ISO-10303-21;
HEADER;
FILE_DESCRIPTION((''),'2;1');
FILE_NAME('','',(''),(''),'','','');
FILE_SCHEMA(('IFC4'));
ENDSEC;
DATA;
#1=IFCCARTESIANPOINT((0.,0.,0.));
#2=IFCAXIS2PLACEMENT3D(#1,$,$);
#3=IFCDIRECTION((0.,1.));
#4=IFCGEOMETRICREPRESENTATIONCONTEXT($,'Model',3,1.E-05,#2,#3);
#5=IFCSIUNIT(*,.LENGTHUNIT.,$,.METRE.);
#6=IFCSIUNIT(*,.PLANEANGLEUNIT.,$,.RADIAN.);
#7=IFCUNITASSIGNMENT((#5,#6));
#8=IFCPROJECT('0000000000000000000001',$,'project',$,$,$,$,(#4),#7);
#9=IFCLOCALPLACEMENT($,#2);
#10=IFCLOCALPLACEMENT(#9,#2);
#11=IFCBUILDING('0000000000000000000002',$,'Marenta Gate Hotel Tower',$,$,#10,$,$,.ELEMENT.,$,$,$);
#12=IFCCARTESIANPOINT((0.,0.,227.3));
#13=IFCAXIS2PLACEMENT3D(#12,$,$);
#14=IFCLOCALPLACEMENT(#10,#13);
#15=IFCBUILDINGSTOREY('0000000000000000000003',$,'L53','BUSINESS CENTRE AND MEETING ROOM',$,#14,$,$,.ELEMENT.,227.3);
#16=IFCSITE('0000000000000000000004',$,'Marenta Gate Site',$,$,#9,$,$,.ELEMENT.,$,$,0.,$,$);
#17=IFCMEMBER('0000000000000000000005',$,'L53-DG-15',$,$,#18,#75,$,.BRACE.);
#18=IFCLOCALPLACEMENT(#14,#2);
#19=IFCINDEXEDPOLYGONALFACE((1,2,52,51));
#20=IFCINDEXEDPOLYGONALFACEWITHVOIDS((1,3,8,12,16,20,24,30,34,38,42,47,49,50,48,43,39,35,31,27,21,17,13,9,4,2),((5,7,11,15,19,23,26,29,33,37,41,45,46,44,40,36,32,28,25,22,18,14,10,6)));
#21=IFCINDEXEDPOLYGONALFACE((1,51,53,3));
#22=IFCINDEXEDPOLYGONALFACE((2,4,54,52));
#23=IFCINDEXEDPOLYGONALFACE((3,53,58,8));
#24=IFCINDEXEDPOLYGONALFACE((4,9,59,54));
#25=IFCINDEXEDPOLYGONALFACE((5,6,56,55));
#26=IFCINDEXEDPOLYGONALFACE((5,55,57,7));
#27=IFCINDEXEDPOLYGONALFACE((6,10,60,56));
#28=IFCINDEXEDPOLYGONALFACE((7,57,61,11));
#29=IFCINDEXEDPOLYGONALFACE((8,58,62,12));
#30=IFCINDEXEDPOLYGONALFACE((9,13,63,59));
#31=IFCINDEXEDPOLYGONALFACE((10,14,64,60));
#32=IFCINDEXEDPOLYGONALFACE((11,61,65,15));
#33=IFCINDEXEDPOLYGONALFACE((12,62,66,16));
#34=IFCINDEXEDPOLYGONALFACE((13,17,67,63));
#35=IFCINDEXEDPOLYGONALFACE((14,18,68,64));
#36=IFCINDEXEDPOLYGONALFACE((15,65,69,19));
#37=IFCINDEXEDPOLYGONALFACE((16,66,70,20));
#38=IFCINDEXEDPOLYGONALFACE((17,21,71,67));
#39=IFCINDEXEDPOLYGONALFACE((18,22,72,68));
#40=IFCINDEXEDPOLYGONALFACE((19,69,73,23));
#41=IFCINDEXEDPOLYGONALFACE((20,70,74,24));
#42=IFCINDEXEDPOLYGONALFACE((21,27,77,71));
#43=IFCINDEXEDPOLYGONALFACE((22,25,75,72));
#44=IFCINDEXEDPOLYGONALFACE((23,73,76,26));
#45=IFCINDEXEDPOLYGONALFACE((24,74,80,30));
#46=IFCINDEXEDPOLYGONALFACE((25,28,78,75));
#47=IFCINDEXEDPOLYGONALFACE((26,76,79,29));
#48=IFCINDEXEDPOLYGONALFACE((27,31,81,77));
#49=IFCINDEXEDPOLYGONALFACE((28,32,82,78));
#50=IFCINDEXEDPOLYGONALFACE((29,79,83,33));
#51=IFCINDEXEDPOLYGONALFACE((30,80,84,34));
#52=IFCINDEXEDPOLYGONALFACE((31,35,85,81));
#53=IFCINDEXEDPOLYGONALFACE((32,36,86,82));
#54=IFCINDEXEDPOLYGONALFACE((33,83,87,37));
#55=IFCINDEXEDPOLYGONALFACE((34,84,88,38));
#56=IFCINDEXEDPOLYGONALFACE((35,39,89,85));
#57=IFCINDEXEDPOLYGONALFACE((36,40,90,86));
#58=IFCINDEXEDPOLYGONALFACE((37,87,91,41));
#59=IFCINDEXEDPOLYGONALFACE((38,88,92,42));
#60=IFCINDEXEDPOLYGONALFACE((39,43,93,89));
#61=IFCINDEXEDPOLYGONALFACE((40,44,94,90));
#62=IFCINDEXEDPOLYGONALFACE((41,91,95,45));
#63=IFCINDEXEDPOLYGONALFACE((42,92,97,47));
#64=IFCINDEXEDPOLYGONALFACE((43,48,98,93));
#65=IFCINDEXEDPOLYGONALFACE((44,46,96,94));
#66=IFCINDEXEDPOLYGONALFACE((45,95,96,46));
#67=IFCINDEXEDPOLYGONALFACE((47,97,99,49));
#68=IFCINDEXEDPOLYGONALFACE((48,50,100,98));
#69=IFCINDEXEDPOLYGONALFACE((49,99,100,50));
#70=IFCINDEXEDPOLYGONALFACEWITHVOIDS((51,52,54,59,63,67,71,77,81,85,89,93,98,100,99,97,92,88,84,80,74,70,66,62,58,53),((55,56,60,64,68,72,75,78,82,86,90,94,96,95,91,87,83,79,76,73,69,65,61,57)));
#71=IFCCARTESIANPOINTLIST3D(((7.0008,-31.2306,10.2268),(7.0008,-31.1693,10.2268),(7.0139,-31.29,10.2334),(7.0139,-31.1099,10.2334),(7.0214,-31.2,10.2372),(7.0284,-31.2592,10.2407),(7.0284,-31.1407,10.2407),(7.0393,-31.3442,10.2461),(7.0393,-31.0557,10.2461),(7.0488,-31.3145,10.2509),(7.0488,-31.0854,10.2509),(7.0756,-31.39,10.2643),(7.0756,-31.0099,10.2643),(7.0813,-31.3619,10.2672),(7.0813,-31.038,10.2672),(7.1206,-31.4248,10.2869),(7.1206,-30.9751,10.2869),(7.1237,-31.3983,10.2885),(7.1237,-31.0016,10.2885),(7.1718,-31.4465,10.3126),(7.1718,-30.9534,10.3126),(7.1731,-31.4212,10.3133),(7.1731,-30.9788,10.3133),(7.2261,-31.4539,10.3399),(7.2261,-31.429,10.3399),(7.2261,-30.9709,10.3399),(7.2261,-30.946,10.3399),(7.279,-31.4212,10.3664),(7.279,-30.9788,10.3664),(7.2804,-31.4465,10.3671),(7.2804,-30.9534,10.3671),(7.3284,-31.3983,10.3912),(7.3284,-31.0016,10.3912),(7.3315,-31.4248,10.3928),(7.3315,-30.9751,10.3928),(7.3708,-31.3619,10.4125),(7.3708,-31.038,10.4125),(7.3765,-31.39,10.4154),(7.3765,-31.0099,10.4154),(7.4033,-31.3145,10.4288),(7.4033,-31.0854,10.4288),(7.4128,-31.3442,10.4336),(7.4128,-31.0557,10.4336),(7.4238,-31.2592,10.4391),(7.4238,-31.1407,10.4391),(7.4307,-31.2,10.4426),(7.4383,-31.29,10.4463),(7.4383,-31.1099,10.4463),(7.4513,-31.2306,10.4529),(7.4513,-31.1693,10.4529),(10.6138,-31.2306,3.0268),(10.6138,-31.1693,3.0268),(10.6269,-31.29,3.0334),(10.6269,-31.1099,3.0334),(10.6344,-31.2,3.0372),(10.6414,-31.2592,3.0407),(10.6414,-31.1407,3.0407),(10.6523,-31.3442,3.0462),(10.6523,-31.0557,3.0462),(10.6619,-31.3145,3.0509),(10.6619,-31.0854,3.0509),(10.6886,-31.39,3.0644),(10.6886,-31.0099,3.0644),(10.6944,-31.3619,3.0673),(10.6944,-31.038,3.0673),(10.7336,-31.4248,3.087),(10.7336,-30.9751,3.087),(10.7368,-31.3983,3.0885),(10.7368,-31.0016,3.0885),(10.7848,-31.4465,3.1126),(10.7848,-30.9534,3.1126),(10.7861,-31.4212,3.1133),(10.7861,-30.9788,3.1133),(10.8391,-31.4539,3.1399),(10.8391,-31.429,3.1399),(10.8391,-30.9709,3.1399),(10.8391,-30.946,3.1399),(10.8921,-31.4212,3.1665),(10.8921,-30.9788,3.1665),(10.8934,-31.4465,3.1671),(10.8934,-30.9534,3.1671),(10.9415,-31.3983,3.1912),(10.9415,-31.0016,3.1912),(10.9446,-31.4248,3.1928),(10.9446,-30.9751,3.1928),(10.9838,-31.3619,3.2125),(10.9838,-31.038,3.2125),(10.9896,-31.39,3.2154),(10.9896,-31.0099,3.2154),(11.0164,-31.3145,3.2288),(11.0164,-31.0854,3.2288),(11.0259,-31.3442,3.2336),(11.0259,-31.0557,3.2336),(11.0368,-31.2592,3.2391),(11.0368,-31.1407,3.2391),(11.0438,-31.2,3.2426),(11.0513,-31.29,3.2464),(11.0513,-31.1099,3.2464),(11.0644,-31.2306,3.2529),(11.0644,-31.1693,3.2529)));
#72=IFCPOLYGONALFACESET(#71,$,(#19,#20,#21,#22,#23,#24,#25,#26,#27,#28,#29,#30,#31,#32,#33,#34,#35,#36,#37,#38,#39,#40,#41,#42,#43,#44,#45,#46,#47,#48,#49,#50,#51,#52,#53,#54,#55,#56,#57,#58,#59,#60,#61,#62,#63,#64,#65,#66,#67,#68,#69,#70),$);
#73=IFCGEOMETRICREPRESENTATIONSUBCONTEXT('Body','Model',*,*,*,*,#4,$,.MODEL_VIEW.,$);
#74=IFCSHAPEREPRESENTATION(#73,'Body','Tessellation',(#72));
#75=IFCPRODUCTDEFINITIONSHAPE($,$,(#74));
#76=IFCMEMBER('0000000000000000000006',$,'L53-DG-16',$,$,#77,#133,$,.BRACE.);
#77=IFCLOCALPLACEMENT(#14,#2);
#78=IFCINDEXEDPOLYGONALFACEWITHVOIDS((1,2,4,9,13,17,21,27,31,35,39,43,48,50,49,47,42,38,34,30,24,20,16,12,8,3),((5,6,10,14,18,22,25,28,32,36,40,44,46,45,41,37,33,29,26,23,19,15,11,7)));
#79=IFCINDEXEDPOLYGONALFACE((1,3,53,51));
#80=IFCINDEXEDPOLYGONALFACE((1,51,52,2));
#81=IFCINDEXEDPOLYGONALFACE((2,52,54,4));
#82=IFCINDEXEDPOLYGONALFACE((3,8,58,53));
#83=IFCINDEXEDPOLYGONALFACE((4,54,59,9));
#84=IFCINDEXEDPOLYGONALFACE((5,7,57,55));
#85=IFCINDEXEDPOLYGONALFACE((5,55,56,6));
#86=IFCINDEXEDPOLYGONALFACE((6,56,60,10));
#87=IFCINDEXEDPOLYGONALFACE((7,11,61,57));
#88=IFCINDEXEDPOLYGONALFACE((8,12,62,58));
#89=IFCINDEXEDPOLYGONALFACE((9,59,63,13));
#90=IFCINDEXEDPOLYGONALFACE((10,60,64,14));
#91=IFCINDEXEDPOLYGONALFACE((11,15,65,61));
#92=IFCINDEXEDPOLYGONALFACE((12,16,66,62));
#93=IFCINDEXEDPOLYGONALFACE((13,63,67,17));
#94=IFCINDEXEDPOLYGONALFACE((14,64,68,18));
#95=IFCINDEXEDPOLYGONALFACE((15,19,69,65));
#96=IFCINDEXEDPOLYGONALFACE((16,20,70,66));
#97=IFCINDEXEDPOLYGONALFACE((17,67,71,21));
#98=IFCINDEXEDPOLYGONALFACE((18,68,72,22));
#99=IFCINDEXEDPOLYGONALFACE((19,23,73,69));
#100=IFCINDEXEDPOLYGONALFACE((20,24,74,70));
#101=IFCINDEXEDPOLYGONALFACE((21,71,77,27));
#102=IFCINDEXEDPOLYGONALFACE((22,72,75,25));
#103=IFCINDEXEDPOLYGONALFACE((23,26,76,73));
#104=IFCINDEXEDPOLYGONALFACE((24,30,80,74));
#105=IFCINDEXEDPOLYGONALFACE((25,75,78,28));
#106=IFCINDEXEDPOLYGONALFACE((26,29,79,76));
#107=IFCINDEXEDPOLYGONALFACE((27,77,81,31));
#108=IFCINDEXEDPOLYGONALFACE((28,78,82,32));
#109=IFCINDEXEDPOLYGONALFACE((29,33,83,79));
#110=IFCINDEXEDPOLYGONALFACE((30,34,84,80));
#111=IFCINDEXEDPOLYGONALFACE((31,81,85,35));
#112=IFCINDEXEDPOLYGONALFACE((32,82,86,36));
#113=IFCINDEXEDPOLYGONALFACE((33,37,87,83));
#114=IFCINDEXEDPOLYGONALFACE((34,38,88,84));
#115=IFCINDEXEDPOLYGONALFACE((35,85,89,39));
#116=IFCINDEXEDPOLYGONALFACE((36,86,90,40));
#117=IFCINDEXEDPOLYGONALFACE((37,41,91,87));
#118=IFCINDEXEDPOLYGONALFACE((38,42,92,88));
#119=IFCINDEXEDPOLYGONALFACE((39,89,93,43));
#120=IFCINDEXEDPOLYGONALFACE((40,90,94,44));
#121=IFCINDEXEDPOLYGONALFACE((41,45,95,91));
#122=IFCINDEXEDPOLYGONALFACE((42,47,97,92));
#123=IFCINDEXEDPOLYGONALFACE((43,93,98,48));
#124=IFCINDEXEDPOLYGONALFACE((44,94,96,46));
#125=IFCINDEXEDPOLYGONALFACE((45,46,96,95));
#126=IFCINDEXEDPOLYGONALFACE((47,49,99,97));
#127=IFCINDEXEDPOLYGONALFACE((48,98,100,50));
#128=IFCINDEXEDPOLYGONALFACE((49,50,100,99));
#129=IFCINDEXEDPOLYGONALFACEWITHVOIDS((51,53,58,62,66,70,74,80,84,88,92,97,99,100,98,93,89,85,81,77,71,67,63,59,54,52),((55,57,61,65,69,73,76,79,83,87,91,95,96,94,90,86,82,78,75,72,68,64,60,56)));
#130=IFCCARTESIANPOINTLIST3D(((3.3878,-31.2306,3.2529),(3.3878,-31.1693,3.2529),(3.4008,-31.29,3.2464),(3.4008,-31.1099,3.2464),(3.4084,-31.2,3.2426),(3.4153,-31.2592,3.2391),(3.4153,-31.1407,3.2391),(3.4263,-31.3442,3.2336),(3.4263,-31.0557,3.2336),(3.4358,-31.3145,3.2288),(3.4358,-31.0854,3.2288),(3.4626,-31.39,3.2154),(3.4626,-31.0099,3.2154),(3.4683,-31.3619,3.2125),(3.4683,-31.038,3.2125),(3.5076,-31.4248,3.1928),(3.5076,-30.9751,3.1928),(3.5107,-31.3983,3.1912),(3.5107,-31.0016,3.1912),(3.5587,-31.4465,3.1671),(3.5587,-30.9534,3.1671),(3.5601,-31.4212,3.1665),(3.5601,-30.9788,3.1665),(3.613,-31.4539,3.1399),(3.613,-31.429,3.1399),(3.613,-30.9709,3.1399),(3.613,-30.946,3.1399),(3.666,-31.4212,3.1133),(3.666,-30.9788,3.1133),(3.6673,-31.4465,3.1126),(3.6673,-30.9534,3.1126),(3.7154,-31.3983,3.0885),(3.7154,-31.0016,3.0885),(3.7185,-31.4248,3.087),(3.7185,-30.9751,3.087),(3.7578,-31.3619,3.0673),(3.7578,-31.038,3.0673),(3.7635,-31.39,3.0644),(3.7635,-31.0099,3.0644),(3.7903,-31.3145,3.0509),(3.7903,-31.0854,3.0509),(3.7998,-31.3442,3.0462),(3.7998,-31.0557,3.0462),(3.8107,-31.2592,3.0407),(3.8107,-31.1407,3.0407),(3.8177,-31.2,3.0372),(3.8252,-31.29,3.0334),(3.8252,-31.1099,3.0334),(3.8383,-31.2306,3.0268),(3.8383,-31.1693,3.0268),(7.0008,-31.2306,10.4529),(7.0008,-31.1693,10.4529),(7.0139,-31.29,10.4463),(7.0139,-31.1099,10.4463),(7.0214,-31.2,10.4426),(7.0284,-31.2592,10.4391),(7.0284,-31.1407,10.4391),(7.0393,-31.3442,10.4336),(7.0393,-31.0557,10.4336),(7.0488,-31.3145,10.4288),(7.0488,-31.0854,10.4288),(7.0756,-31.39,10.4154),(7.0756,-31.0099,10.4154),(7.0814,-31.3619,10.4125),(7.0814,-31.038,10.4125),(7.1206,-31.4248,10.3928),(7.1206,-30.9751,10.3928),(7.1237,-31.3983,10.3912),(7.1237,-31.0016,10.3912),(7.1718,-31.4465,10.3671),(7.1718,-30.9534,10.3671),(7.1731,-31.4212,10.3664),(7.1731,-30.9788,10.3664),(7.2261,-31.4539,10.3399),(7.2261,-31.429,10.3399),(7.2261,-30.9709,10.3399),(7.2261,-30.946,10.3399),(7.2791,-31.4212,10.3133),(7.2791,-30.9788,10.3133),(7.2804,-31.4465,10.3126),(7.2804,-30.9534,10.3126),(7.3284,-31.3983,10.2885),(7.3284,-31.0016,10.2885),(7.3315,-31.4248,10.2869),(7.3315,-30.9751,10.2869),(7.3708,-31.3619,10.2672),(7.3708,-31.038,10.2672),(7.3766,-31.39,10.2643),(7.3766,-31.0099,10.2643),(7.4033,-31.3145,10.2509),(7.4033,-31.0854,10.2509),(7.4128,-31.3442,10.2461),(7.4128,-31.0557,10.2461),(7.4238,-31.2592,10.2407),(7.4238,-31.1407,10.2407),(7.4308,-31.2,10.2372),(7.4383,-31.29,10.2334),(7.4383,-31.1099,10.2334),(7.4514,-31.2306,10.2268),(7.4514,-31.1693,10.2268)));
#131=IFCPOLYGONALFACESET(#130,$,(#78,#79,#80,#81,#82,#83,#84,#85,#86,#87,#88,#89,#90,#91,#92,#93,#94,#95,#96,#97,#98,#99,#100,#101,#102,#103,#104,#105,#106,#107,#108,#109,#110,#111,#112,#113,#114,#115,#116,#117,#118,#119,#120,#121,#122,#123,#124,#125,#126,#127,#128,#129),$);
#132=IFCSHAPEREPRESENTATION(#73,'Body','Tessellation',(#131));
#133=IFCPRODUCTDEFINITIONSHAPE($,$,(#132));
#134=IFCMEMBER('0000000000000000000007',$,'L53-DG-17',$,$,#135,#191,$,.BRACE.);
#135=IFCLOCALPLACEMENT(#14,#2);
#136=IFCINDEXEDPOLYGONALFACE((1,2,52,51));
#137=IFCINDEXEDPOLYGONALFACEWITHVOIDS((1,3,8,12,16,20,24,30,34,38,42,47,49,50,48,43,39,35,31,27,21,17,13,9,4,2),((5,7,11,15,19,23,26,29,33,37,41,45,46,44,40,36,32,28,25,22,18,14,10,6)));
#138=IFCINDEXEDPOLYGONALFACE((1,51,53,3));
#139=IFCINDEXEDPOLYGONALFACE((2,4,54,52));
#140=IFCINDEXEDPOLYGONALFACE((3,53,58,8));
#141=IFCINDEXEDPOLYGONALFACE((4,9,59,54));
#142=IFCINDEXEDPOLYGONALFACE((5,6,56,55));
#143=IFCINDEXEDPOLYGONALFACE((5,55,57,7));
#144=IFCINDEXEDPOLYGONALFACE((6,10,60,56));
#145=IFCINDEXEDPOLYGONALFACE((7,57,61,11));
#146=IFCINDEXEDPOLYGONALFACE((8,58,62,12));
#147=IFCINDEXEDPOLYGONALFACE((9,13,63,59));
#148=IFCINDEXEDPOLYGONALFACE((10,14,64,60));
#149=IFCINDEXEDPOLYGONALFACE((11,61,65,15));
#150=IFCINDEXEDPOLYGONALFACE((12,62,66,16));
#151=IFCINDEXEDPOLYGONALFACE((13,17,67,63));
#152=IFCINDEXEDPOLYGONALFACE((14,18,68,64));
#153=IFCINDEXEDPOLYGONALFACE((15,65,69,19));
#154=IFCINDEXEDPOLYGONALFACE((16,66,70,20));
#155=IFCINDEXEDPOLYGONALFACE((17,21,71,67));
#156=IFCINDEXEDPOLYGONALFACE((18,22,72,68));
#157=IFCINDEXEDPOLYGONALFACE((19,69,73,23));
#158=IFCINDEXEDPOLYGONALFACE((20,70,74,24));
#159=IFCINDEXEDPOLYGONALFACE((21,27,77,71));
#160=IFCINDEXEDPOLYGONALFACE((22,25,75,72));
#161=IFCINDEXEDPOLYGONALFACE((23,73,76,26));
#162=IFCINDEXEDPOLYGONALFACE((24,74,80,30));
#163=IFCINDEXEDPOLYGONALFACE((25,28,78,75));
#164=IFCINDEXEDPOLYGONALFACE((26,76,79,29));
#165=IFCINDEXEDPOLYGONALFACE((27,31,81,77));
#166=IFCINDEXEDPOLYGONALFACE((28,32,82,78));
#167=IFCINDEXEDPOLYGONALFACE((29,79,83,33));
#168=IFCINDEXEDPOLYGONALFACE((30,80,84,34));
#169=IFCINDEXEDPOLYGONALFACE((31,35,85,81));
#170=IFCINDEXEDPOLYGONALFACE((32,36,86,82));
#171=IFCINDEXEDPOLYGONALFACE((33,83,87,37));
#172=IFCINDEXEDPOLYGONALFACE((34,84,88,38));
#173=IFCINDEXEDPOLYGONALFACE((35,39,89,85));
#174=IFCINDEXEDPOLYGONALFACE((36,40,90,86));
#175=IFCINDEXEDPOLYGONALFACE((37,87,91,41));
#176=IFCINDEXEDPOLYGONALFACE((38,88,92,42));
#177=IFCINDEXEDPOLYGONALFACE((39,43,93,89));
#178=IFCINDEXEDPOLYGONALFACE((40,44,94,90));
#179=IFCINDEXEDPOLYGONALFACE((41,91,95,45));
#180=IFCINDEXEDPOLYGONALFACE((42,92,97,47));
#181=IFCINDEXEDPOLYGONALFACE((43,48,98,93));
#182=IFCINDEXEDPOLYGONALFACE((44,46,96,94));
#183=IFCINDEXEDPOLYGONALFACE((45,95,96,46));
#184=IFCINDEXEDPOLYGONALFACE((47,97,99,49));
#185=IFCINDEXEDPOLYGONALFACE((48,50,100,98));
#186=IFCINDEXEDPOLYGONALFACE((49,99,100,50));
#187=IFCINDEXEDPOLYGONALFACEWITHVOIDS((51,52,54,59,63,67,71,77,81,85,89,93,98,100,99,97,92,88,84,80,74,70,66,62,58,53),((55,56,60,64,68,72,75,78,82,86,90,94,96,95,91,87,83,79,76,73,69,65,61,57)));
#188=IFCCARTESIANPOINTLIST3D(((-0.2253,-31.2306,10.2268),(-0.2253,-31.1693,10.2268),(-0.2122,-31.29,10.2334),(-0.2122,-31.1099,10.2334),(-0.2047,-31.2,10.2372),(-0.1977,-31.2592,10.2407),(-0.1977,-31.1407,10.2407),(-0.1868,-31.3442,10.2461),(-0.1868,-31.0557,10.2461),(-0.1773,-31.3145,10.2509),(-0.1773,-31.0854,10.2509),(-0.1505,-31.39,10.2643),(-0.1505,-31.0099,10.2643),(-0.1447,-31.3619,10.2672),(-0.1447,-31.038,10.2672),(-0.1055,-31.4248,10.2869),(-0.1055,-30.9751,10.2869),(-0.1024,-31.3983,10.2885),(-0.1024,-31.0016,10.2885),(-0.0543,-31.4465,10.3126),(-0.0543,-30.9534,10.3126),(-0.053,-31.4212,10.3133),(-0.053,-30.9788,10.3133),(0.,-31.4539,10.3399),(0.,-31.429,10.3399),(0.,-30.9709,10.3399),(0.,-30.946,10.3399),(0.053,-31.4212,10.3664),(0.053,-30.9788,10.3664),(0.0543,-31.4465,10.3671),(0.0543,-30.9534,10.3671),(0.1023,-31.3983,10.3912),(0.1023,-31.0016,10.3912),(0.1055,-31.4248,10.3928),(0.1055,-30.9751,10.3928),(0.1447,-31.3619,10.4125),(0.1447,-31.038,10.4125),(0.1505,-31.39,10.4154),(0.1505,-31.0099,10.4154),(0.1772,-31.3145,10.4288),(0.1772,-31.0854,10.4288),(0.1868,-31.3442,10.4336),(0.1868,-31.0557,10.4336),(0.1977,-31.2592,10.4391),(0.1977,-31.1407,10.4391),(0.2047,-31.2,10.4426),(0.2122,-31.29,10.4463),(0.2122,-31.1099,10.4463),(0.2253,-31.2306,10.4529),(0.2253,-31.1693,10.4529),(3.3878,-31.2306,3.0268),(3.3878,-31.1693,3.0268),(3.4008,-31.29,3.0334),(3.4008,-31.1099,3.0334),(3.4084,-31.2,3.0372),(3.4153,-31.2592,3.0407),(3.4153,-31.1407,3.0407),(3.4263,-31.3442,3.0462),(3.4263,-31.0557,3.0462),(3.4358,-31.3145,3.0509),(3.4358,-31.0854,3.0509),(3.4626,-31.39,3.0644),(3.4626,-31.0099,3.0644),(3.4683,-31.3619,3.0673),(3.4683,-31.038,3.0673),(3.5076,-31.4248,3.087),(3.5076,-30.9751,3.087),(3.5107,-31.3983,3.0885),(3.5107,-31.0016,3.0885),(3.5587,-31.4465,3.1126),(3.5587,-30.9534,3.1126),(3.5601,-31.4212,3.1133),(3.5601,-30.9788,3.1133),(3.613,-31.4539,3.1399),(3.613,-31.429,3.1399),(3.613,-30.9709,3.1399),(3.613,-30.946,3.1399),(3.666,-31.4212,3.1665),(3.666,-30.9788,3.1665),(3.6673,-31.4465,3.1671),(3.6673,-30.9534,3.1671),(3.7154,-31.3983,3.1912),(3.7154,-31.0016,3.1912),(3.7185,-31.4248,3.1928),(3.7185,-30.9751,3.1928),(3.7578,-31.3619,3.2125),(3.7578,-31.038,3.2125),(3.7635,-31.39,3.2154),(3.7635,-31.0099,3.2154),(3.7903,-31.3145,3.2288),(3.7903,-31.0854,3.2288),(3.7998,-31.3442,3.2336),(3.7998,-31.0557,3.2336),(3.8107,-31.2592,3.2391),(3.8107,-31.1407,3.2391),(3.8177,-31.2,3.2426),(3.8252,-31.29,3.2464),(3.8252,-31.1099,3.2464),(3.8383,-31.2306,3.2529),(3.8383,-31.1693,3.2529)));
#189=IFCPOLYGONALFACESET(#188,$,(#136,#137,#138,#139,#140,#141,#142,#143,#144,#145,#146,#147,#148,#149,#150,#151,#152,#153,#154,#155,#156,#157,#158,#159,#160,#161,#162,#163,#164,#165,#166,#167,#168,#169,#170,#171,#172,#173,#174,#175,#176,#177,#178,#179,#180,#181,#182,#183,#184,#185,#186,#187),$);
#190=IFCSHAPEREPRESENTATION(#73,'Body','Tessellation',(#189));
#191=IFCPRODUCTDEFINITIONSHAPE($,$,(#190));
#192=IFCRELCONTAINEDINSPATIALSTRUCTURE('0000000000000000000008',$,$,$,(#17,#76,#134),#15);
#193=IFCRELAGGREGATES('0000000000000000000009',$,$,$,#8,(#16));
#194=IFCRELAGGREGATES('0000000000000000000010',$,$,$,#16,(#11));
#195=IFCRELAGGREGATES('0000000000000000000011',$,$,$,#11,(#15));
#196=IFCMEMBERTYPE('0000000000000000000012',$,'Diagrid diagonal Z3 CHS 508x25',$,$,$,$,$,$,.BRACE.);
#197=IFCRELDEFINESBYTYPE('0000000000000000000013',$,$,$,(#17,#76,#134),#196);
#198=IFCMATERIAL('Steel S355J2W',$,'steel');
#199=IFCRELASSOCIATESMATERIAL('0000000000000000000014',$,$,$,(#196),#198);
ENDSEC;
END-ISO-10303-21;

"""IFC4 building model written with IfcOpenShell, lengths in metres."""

from ifc_helpers import new_model, si_unit, direction, frame, origin, origin_2d, place, context, subcontext, project, spatial, hollow_circle, extrude, material, material_profile, profile_set, type_object, element, save


model = new_model("IFC4")

# Units and contexts
model_context = context("Model", 3, precision=1e-05, world=origin(), true_north=direction((0.0, 1.0)))
body_context = subcontext(model_context, "Body", "Model", "MODEL_VIEW")
ifc_project = project(units=[si_unit("LENGTHUNIT", "METRE"), si_unit("PLANEANGLEUNIT", "RADIAN")], contexts=[model_context])

# Site, building, storey
site_placement = place(None, origin())
site = spatial("IfcSite", under=ifc_project, at=site_placement, Name="Marenta Gate Site", CompositionType="ELEMENT", RefElevation=0.0)
building_placement = place(site_placement, origin())
building = spatial("IfcBuilding", under=site, at=building_placement, Name="Marenta Gate Hotel Tower", CompositionType="ELEMENT")
storey_placement = place(building_placement, frame((0.0, 0.0, 227.3)))
storey = spatial("IfcBuildingStorey", under=building, at=storey_placement, Name="L53", Description="BUSINESS CENTRE AND MEETING ROOM", CompositionType="ELEMENT", Elevation=227.3)

# Members
ifc_material_1 = material(Name="Steel S355J2W", Category="steel")
ifc_material_profile_1 = material_profile(ifc_material_1, hollow_circle(Radius=0.2539, WallThickness=0.0249, at=origin_2d()), Name="CHS 508x25")
ifc_profile_set_1 = profile_set([ifc_material_profile_1], Name="Steel S355J2W")
member_type_1 = type_object("IfcMemberType", Name="Diagrid diagonal Z3 CHS 508x25", PredefinedType="BRACE", material=ifc_profile_set_1)
for number, where, z_axis, x_axis, name in (
    (1, (10.8391, -31.2, 3.1399), (-0.44851, 0.0, 0.893778), (0.0, -1.0, 0.0), "L53-DG-15"),
    (2, (3.613, -31.2, 3.1399), (0.44851, 0.0, 0.893778), (0.0, 1.0, 0.0), "L53-DG-16"),
    (3, (3.613, -31.2, 3.1399), (-0.44851, 0.0, 0.893778), (0.0, -1.0, 0.0), "L53-DG-17"),
):
    element("IfcMember", number, at=place(storey_placement, frame(where, z_axis=z_axis, x_axis=x_axis)), inside=storey, type_object=member_type_1, Name=name, PredefinedType="BRACE", context=body_context, shape_type="SweptSolid", body=[
        extrude(hollow_circle(Radius=0.2539, WallThickness=0.0249, at=origin_2d()), origin(), (0.0, 0.0, 1.0), 8.0557),
    ])

save(model, "model.ifc")
